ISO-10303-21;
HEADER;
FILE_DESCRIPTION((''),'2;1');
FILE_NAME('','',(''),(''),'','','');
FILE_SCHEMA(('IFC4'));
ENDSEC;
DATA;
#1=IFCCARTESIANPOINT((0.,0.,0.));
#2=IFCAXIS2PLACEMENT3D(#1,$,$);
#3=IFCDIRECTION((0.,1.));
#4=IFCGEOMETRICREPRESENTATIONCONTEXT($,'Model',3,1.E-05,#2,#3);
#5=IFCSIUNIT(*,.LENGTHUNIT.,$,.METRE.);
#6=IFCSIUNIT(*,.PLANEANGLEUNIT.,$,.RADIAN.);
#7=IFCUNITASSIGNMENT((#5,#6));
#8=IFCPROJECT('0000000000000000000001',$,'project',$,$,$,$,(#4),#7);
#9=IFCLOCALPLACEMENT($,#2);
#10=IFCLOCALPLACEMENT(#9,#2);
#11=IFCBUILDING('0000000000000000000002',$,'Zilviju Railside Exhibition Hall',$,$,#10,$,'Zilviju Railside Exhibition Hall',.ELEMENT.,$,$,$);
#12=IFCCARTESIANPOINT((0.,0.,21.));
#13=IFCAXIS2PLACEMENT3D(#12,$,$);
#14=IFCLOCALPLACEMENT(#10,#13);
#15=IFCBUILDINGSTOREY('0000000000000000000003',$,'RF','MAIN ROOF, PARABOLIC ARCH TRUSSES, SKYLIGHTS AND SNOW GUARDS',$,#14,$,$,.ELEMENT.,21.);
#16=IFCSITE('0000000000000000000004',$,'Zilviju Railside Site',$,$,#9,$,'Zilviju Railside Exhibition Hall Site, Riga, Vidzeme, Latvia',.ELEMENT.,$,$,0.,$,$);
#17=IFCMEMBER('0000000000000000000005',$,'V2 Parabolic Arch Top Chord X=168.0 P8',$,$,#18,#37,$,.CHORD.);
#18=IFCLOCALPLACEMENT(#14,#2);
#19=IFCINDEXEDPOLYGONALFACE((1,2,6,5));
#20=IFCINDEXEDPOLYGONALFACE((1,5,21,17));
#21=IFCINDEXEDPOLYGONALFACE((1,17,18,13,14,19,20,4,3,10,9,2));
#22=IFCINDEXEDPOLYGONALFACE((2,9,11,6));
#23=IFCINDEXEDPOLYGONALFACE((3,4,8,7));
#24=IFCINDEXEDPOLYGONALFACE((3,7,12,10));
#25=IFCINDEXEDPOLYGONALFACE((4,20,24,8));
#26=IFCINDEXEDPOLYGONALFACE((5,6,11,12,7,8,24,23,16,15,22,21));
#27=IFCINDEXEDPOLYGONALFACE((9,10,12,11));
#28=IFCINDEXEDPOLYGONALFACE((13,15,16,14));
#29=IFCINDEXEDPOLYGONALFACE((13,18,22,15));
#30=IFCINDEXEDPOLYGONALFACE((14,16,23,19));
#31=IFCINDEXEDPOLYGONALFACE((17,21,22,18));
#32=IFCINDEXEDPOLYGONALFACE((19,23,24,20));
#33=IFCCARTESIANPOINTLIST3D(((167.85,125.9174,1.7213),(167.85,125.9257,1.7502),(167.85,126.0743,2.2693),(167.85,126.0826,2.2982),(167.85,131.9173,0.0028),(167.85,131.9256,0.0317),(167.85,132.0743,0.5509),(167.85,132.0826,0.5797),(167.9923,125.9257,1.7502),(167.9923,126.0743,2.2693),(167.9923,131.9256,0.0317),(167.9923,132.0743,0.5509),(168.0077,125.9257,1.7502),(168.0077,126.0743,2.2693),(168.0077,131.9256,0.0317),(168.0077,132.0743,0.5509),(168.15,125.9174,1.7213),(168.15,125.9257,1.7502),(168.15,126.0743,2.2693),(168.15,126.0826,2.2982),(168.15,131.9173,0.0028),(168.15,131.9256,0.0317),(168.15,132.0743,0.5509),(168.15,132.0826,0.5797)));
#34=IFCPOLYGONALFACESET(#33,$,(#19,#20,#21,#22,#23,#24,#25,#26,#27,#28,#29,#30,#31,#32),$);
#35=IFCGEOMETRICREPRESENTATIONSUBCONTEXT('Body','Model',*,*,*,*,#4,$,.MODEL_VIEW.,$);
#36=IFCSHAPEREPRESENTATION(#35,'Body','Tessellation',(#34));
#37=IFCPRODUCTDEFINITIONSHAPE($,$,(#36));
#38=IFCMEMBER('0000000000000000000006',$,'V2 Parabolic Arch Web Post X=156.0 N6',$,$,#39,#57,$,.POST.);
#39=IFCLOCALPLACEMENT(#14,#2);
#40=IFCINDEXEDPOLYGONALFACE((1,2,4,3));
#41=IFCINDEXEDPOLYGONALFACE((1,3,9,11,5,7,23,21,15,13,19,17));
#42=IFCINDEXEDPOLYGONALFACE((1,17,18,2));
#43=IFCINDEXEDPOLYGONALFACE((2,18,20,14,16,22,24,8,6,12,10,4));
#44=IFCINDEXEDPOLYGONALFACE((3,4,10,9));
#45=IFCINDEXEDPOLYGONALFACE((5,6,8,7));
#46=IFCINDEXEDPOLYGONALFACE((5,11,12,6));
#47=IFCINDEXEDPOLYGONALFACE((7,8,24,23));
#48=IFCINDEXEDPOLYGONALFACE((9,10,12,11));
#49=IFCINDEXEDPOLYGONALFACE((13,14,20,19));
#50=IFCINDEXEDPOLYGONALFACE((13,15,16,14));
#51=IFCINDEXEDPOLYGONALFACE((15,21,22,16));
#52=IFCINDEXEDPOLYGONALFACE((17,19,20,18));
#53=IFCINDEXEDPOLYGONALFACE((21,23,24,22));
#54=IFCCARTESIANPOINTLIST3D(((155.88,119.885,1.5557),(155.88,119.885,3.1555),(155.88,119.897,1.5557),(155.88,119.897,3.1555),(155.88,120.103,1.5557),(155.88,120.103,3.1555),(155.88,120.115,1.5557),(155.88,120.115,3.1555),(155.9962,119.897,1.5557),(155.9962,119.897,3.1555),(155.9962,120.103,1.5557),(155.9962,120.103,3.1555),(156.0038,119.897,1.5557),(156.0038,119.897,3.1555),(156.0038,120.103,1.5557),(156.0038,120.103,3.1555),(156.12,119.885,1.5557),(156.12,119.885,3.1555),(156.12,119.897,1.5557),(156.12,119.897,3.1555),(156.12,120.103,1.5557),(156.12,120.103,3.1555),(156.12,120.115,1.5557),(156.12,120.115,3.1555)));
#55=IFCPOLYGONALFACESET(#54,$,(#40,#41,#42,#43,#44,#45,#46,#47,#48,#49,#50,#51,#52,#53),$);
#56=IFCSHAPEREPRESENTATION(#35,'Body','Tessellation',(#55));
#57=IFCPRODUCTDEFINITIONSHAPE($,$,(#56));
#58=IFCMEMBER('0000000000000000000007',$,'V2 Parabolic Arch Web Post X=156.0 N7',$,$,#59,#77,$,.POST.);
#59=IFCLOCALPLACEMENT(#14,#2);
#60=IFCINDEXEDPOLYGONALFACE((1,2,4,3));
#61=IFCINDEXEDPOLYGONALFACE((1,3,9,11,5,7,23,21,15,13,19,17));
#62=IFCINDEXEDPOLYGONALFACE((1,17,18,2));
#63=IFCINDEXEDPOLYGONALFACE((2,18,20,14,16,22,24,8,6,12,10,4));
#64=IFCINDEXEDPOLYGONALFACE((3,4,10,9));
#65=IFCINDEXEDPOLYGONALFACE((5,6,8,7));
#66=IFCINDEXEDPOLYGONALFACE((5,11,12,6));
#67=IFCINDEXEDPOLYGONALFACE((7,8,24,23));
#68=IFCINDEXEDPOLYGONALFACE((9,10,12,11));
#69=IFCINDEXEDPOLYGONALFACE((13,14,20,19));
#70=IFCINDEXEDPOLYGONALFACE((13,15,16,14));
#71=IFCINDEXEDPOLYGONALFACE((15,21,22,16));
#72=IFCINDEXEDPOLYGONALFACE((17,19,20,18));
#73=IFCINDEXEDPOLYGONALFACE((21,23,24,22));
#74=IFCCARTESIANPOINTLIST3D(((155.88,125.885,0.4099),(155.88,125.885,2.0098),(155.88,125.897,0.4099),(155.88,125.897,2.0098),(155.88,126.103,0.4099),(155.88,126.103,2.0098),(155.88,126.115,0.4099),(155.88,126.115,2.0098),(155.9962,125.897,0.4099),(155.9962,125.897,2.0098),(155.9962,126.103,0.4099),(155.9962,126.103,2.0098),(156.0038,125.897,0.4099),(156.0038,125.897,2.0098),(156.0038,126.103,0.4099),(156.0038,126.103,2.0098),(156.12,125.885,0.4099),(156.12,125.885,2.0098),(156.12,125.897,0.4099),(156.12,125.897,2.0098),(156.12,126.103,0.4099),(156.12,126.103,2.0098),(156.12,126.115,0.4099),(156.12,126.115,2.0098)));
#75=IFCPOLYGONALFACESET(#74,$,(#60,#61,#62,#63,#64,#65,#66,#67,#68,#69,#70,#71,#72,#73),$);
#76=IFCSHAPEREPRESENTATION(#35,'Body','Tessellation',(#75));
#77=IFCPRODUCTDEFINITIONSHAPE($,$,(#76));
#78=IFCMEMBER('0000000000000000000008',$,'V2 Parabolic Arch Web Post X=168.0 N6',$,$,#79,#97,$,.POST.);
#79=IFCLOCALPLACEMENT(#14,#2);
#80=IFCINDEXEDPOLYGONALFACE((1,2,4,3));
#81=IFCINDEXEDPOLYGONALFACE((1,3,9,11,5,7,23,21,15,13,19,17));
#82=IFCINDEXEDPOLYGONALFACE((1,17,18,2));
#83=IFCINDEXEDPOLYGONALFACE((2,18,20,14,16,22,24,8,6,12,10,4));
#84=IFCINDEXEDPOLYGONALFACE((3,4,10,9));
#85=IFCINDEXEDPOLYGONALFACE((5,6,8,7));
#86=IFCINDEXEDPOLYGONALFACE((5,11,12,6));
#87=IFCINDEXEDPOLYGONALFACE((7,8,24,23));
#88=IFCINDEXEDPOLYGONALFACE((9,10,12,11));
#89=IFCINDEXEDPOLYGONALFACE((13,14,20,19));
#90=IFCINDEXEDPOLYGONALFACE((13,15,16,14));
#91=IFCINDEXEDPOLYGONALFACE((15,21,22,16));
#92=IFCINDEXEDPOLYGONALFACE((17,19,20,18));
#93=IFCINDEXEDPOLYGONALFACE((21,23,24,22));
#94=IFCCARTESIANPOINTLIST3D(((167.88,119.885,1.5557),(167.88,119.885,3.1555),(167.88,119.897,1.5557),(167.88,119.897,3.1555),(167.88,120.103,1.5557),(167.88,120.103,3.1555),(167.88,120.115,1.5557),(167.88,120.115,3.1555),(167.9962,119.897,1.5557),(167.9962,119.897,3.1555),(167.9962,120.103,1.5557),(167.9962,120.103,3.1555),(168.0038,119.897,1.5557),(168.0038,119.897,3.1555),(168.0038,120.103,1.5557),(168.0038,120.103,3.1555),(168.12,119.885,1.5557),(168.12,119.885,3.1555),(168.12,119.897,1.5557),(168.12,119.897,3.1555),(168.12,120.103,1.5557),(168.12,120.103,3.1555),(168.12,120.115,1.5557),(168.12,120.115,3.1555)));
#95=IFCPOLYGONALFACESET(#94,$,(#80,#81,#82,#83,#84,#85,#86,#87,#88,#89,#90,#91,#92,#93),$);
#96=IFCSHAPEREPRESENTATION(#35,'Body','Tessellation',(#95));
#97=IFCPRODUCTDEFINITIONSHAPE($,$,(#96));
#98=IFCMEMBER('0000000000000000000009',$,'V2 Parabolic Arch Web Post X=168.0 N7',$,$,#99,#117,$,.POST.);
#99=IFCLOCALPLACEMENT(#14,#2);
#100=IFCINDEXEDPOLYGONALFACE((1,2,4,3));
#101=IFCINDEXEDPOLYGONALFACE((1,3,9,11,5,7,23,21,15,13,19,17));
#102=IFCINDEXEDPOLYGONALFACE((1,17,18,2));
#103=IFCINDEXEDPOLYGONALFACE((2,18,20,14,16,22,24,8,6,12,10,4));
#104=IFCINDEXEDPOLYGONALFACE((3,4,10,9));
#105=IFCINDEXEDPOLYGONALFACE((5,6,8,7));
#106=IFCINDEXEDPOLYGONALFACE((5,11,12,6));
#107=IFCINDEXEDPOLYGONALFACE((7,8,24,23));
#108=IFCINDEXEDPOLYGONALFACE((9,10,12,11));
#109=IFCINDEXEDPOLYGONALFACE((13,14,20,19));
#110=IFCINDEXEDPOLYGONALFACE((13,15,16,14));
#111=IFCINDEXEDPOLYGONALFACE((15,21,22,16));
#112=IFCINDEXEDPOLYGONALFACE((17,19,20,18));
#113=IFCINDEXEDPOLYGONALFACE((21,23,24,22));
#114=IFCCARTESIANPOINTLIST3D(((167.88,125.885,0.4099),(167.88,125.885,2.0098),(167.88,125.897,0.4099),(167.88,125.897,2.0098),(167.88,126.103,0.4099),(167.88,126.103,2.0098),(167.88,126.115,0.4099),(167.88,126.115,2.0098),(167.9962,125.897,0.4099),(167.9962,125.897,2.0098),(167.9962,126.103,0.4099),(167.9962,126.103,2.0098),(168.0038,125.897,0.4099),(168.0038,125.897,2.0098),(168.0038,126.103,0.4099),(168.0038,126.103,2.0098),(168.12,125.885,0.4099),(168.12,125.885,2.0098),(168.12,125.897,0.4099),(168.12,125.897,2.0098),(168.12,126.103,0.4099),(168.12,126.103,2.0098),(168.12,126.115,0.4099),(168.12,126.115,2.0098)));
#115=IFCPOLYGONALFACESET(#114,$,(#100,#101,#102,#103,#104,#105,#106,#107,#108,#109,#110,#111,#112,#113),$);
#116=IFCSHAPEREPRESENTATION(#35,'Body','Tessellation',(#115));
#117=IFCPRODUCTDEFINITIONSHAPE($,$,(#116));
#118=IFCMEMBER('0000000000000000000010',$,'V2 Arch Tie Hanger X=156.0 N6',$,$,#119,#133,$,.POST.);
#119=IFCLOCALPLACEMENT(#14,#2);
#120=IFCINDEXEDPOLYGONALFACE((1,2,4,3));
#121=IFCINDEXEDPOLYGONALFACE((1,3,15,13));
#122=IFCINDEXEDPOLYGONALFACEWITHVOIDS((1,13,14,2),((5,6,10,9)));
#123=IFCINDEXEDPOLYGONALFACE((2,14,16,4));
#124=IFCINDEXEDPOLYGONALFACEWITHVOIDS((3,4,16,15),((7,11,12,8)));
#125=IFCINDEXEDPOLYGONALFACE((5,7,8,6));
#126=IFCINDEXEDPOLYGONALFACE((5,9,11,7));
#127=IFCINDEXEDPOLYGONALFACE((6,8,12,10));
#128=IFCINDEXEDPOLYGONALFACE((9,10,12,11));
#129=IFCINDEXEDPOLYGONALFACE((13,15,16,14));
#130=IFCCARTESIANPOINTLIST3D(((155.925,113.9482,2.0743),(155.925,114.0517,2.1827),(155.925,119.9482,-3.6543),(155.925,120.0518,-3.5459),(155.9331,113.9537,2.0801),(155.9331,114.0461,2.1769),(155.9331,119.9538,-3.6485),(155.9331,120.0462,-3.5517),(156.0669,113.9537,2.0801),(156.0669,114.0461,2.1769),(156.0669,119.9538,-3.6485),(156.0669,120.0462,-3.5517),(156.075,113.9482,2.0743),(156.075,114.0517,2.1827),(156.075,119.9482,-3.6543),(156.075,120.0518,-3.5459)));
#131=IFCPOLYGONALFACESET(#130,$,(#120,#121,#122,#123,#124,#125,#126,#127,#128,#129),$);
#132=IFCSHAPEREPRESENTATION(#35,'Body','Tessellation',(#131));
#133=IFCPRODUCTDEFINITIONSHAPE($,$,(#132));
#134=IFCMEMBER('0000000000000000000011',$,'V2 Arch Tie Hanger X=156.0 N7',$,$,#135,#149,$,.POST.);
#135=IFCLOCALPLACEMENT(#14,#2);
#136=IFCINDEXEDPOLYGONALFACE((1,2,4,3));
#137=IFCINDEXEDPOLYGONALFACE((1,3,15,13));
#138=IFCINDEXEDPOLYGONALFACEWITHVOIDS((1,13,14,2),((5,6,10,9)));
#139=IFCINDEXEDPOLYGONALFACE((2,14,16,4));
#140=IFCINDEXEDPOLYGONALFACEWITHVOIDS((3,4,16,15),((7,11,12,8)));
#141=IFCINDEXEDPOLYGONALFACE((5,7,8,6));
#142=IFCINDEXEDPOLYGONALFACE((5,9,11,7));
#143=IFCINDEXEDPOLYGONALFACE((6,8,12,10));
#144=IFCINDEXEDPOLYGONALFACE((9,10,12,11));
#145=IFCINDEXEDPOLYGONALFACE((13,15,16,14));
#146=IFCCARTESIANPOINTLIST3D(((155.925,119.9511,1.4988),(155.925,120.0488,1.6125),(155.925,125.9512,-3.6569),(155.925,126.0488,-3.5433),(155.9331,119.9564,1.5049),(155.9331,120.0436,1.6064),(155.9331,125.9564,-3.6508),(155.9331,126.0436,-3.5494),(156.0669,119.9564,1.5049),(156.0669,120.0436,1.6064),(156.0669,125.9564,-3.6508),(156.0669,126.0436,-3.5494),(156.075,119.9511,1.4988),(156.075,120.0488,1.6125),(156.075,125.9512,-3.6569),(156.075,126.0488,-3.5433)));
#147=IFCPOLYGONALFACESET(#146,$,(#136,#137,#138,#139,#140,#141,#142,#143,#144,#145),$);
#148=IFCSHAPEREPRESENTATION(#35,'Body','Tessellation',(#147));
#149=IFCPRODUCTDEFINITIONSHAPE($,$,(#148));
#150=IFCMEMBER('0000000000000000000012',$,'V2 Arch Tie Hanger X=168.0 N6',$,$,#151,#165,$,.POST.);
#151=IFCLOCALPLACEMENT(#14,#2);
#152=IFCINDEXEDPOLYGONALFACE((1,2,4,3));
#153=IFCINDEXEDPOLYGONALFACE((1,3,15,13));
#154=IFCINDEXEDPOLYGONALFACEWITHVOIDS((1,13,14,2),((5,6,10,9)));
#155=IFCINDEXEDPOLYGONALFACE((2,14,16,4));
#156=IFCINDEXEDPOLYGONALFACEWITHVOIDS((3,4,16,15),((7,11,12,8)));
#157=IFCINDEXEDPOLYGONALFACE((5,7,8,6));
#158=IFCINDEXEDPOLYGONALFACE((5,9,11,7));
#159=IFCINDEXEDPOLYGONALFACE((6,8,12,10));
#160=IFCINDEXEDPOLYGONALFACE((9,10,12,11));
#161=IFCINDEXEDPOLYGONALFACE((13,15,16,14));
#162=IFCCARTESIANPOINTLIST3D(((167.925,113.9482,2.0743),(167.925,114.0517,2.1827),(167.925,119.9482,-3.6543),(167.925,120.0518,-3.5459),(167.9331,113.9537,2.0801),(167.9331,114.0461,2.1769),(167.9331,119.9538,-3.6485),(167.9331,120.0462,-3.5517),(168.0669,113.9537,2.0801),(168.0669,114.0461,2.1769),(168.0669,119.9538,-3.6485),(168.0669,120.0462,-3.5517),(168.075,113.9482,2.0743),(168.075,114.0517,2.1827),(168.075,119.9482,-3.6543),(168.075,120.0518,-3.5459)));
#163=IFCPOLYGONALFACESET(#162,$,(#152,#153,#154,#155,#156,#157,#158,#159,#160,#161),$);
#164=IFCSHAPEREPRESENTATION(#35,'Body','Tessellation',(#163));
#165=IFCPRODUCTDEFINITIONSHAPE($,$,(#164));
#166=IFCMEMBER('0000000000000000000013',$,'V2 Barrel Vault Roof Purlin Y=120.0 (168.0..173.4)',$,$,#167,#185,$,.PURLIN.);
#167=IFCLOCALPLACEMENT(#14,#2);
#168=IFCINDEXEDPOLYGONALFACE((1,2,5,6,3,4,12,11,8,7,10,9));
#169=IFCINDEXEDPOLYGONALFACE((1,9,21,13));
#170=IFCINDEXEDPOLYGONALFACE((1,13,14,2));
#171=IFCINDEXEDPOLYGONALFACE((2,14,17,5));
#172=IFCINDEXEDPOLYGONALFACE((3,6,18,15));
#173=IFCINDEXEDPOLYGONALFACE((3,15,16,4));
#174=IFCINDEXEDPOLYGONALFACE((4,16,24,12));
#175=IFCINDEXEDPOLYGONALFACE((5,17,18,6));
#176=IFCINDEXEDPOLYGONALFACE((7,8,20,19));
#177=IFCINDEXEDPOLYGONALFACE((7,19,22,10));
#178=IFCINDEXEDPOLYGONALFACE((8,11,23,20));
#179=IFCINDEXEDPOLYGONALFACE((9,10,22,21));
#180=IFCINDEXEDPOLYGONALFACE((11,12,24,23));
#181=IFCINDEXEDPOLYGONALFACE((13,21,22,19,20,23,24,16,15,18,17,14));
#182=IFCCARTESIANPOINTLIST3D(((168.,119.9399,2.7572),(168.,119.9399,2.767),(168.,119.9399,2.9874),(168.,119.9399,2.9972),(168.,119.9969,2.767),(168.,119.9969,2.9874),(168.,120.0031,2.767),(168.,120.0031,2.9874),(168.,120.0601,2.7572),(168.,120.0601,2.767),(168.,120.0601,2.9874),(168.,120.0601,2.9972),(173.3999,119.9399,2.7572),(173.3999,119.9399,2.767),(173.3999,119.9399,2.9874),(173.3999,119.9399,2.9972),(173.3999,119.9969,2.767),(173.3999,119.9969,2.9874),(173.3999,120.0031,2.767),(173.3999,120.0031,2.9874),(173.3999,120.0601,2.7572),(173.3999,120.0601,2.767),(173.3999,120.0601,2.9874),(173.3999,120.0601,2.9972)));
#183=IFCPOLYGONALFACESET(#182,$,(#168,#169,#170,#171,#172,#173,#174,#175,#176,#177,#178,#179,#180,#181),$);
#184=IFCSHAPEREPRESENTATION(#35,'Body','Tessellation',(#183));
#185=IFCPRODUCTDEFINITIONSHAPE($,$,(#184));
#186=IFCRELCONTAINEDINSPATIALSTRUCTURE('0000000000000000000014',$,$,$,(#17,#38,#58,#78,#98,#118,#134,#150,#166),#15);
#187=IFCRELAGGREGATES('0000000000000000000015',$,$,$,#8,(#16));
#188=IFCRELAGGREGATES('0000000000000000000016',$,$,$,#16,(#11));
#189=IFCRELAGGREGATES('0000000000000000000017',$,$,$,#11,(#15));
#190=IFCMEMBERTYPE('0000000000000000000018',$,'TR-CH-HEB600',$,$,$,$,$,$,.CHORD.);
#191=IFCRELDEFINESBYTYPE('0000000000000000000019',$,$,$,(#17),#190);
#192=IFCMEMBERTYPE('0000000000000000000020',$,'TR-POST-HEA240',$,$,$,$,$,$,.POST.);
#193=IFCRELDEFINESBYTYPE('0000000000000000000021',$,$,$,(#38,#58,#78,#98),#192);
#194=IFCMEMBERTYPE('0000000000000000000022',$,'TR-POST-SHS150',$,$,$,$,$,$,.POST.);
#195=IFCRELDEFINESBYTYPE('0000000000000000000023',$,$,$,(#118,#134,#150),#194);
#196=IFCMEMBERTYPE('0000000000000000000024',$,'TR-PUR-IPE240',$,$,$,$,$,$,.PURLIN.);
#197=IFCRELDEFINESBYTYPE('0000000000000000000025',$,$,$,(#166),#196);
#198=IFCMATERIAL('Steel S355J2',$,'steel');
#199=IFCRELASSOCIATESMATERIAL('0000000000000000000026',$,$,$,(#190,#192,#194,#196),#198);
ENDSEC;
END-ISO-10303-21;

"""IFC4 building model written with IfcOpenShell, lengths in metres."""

from ifc_helpers import new_model, si_unit, direction, frame, origin, origin_2d, place, context, subcontext, project, spatial, hollow_rectangle, i_section, extrude, material, material_profile, profile_set, type_object, element, save


model = new_model("IFC4")

# Units and contexts
model_context = context("Model", 3, precision=1e-05, world=origin(), true_north=direction((0.0, 1.0)))
body_context = subcontext(model_context, "Body", "Model", "MODEL_VIEW")
ifc_project = project(units=[si_unit("LENGTHUNIT", "METRE"), si_unit("PLANEANGLEUNIT", "RADIAN")], contexts=[model_context])

# Site, building, storey
site_placement = place(None, origin())
site = spatial("IfcSite", under=ifc_project, at=site_placement, Name="Zilviju Railside Site", LongName="Zilviju Railside Exhibition Hall Site, Riga, Vidzeme, Latvia", CompositionType="ELEMENT", RefElevation=0.0)
building_placement = place(site_placement, origin())
building = spatial("IfcBuilding", under=site, at=building_placement, Name="Zilviju Railside Exhibition Hall", LongName="Zilviju Railside Exhibition Hall", CompositionType="ELEMENT")
storey_placement = place(building_placement, frame((0.0, 0.0, 21.0)))
storey = spatial("IfcBuildingStorey", under=building, at=storey_placement, Name="RF", Description="MAIN ROOF, PARABOLIC ARCH TRUSSES, SKYLIGHTS AND SNOW GUARDS", CompositionType="ELEMENT", Elevation=21.0)

# Members
ifc_material_1 = material(Name="Steel S355J2", Category="steel")
ifc_material_profile_1 = material_profile(ifc_material_1, i_section(OverallWidth=0.3, OverallDepth=0.6001, WebThickness=0.0154, FlangeThickness=0.03, at=origin_2d()), Name="HEB 600")
ifc_profile_set_1 = profile_set([ifc_material_profile_1], Name="Steel S355J2")
member_type_1 = type_object("IfcMemberType", Name="TR-CH-HEB600", PredefinedType="CHORD", material=ifc_profile_set_1)
member_1_placement = place(storey_placement, frame((168.0, 126.0, 2.0098), z_axis=(0.0, 0.961345, -0.275346), x_axis=(-1.0, 0.0, 0.0)))
element("IfcMember", 1, at=member_1_placement, inside=storey, type_object=member_type_1, Name="V2 Parabolic Arch Top Chord X=168.0 P8", PredefinedType="CHORD", context=body_context, shape_type="SweptSolid", body=[
    extrude(i_section(OverallWidth=0.3, OverallDepth=0.6001, WebThickness=0.0154, FlangeThickness=0.03, at=origin_2d()), origin(), (0.0, 0.0, 1.0), 6.2412),
])
ifc_material_profile_2 = material_profile(ifc_material_1, i_section(OverallWidth=0.24, OverallDepth=0.23, WebThickness=0.0076, FlangeThickness=0.012, at=origin_2d()), Name="HEA 240")
ifc_profile_set_2 = profile_set([ifc_material_profile_2], Name="Steel S355J2")
member_type_2 = type_object("IfcMemberType", Name="TR-POST-HEA240", PredefinedType="POST", material=ifc_profile_set_2)
for number, where, z_axis, x_axis, name in (
    (2, (156.0, 120.0, 1.5557), (0.0, 0.0, 1.0), (1.0, 0.0, 0.0), "V2 Parabolic Arch Web Post X=156.0 N6"),
    (3, (156.0, 126.0, 0.4099), (0.0, 0.0, 1.0), (1.0, 0.0, 0.0), "V2 Parabolic Arch Web Post X=156.0 N7"),
    (4, (168.0, 120.0, 1.5557), (0.0, 0.0, 1.0), (1.0, 0.0, 0.0), "V2 Parabolic Arch Web Post X=168.0 N6"),
    (5, (168.0, 126.0, 0.4099), (0.0, 0.0, 1.0), (1.0, 0.0, 0.0), "V2 Parabolic Arch Web Post X=168.0 N7"),
):
    element("IfcMember", number, at=place(storey_placement, frame(where, z_axis=z_axis, x_axis=x_axis)), inside=storey, type_object=member_type_2, Name=name, PredefinedType="POST", context=body_context, shape_type="SweptSolid", body=[
        extrude(i_section(OverallWidth=0.24, OverallDepth=0.23, WebThickness=0.0076, FlangeThickness=0.012, at=origin_2d()), origin(), (0.0, 0.0, 1.0), 1.5999),
    ])
ifc_material_profile_3 = material_profile(ifc_material_1, hollow_rectangle(XDim=0.1499, YDim=0.1499, WallThickness=0.0081, at=origin_2d()), Name="SHS 150x150x8.0")
ifc_profile_set_3 = profile_set([ifc_material_profile_3], Name="Steel S355J2")
member_type_3 = type_object("IfcMemberType", Name="TR-POST-SHS150", PredefinedType="POST", material=ifc_profile_set_3)
member_2_placement = place(storey_placement, frame((156.0, 120.0, -3.6001), z_axis=(0.0, -0.723281, 0.690554), x_axis=(1.0, 0.0, 0.0)))
element("IfcMember", 6, at=member_2_placement, inside=storey, type_object=member_type_3, Name="V2 Arch Tie Hanger X=156.0 N6", PredefinedType="POST", context=body_context, shape_type="SweptSolid", body=[
    extrude(hollow_rectangle(XDim=0.1499, YDim=0.1499, WallThickness=0.0081, at=origin_2d()), origin(), (0.0, 0.0, 1.0), 8.2957),
])
member_3_placement = place(storey_placement, frame((156.0, 126.0, -3.6001), z_axis=(0.0, -0.75845, 0.651731), x_axis=(1.0, 0.0, 0.0)))
element("IfcMember", 7, at=member_3_placement, inside=storey, type_object=member_type_3, Name="V2 Arch Tie Hanger X=156.0 N7", PredefinedType="POST", context=body_context, shape_type="SweptSolid", body=[
    extrude(hollow_rectangle(XDim=0.1499, YDim=0.1499, WallThickness=0.0081, at=origin_2d()), origin(), (0.0, 0.0, 1.0), 7.9109),
])
member_4_placement = place(storey_placement, frame((168.0, 120.0, -3.6001), z_axis=(0.0, -0.723281, 0.690554), x_axis=(1.0, 0.0, 0.0)))
element("IfcMember", 8, at=member_4_placement, inside=storey, type_object=member_type_3, Name="V2 Arch Tie Hanger X=168.0 N6", PredefinedType="POST", context=body_context, shape_type="SweptSolid", body=[
    extrude(hollow_rectangle(XDim=0.1499, YDim=0.1499, WallThickness=0.0081, at=origin_2d()), origin(), (0.0, 0.0, 1.0), 8.2957),
])
ifc_material_profile_4 = material_profile(ifc_material_1, i_section(OverallWidth=0.1201, OverallDepth=0.24, WebThickness=0.0061, FlangeThickness=0.0098, at=origin_2d()), Name="IPE 240")
ifc_profile_set_4 = profile_set([ifc_material_profile_4], Name="Steel S355J2")
member_type_4 = type_object("IfcMemberType", Name="TR-PUR-IPE240", PredefinedType="PURLIN", material=ifc_profile_set_4)
member_5_placement = place(storey_placement, frame((168.0, 120.0, 2.8772), z_axis=(1.0, 0.0, 0.0), x_axis=(0.0, 1.0, 0.0)))
element("IfcMember", 9, at=member_5_placement, inside=storey, type_object=member_type_4, Name="V2 Barrel Vault Roof Purlin Y=120.0 (168.0..173.4)", PredefinedType="PURLIN", context=body_context, shape_type="SweptSolid", body=[
    extrude(i_section(OverallWidth=0.1201, OverallDepth=0.24, WebThickness=0.0061, FlangeThickness=0.0098, at=origin_2d()), origin(), (0.0, 0.0, 1.0), 5.3999),
])

save(model, "model.ifc")
